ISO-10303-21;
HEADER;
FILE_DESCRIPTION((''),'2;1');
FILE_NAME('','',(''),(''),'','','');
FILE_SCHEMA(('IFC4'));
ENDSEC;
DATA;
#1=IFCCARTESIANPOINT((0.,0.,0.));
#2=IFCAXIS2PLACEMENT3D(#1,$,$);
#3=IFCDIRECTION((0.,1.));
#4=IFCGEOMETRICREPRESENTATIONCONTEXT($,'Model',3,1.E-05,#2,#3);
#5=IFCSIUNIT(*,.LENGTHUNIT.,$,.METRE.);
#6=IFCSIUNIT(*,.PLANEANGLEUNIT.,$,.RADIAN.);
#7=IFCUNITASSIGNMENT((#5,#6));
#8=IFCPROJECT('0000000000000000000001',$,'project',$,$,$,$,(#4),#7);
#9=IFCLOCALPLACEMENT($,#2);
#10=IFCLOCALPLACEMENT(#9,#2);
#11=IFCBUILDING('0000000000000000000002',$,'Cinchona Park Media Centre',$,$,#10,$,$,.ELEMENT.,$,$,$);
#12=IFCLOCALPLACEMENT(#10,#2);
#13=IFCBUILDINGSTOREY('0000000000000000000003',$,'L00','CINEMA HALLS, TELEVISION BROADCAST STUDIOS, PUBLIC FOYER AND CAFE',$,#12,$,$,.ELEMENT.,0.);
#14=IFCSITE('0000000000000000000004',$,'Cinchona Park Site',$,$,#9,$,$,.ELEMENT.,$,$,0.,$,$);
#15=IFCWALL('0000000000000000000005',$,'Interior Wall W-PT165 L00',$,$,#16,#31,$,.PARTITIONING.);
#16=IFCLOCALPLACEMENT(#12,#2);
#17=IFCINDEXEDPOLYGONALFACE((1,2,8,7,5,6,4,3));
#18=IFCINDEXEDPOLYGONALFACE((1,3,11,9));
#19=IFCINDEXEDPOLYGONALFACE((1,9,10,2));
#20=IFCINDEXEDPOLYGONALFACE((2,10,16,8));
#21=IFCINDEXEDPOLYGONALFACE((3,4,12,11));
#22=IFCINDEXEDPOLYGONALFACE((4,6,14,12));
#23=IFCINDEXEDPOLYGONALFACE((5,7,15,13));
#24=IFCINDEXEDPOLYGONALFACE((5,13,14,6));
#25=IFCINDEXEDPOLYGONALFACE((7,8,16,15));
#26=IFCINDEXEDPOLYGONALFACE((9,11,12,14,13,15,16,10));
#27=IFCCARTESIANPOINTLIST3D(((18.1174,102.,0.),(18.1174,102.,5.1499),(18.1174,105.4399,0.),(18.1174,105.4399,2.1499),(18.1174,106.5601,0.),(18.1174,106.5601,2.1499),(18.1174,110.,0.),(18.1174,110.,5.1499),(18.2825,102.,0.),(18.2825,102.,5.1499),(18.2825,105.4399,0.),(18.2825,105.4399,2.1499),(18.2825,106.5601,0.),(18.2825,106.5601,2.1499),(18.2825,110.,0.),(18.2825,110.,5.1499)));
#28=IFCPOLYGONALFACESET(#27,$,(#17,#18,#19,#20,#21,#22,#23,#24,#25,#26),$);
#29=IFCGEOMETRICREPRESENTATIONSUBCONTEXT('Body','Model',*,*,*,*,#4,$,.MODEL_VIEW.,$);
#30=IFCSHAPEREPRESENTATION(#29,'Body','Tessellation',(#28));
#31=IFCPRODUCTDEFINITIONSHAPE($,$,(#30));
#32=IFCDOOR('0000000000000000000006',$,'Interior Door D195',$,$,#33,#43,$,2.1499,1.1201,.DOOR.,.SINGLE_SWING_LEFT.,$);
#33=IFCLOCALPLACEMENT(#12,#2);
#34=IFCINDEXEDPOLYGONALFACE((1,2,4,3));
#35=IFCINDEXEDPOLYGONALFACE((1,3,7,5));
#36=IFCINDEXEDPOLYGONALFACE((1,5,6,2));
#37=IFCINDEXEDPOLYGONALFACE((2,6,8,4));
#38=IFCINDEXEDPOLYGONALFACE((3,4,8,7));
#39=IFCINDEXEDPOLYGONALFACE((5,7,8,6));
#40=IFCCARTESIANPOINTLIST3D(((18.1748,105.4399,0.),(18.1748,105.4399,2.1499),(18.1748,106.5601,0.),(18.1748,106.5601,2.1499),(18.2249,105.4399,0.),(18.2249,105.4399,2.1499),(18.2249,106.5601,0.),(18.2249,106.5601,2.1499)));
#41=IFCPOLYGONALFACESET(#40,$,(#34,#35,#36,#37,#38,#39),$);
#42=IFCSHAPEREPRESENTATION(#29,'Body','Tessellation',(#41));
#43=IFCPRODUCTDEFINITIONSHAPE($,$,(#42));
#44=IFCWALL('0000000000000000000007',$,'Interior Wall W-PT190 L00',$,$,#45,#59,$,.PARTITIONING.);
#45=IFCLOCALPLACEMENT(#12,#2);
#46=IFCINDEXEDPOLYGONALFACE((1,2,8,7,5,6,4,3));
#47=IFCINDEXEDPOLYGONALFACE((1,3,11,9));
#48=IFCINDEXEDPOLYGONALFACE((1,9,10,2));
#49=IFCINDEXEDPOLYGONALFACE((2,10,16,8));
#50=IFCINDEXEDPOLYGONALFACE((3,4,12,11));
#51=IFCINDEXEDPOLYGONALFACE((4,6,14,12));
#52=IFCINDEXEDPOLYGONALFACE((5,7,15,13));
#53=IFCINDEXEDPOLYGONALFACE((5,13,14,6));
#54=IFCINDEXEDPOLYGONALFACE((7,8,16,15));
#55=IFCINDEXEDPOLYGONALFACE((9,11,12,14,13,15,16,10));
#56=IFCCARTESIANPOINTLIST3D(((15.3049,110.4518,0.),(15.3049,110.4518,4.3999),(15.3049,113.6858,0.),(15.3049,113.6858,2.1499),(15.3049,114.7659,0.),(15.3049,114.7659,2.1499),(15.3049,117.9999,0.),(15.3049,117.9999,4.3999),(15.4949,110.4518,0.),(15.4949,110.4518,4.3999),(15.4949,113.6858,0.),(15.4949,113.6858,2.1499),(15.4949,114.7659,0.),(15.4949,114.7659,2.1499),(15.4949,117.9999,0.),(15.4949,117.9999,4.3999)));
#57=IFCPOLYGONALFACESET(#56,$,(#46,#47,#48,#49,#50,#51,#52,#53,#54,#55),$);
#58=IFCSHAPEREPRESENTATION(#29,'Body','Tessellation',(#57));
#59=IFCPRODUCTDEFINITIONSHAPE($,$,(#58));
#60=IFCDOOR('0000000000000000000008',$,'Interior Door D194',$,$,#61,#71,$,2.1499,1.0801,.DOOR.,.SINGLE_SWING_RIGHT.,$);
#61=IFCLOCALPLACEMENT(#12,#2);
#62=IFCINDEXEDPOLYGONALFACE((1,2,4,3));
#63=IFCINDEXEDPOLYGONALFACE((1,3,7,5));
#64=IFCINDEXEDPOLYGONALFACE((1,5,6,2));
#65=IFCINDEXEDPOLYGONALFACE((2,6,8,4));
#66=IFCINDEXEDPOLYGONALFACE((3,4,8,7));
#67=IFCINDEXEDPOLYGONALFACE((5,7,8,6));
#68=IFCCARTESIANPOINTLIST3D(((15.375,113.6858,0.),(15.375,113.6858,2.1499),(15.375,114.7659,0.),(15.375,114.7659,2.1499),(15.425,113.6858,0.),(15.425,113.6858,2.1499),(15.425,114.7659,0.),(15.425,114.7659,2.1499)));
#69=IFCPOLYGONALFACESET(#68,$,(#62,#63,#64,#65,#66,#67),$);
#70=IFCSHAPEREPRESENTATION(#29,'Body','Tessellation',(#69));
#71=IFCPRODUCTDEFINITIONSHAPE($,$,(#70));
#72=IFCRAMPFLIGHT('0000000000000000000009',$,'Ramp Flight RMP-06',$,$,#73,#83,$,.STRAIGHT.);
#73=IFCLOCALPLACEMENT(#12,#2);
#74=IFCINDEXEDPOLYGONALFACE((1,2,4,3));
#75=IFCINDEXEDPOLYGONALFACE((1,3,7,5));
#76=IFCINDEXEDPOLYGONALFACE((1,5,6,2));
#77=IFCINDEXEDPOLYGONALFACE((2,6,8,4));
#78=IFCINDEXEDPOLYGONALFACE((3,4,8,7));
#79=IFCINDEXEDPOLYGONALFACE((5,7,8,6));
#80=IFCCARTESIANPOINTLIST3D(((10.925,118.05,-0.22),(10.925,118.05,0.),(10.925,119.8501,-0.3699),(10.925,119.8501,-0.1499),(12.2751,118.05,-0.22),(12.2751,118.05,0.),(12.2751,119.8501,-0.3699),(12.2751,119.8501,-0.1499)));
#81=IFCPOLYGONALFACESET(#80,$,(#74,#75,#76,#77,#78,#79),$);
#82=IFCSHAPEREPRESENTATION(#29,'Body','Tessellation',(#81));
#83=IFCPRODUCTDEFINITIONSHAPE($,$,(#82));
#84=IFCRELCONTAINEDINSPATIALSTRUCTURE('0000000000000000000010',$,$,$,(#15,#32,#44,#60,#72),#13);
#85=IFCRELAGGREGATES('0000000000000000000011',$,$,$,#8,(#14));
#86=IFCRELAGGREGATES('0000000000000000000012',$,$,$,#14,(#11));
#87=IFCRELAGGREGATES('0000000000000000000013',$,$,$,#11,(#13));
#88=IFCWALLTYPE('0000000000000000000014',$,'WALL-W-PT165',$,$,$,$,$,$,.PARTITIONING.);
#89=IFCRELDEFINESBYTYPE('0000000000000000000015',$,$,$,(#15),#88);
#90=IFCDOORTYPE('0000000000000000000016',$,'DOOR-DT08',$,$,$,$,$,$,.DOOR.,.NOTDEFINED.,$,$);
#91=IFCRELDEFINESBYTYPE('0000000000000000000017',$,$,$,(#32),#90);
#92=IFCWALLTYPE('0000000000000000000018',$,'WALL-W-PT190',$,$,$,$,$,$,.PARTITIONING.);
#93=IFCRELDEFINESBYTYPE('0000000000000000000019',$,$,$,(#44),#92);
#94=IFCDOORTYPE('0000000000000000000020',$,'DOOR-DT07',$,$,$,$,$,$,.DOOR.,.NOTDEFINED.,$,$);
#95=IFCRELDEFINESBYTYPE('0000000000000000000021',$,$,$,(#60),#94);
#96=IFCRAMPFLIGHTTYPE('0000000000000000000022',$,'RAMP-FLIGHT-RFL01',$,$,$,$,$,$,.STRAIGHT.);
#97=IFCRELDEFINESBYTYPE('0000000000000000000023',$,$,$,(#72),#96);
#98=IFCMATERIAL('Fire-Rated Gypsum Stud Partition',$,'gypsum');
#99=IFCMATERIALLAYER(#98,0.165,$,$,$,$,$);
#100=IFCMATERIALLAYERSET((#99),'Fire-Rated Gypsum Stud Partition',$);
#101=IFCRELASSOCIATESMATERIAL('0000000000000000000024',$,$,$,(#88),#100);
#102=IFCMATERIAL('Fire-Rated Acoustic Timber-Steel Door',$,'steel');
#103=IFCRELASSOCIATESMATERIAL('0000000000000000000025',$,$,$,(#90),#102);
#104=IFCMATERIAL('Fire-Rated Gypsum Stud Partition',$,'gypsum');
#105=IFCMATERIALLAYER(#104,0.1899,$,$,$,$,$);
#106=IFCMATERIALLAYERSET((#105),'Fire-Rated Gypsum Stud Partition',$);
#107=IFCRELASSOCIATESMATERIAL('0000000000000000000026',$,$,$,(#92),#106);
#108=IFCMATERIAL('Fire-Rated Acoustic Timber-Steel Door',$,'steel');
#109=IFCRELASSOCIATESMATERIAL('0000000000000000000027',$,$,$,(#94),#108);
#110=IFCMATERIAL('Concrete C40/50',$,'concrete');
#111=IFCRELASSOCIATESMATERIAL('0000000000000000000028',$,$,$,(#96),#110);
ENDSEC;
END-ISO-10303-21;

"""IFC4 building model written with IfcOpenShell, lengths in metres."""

from ifc_helpers import new_model, si_unit, direction, frame, frame_2d, origin, place, context, subcontext, project, spatial, polyline, rectangle, outline, extrude, material, layer, layer_set, type_object, element, fill, save


model = new_model("IFC4")

# Units and contexts
model_context = context("Model", 3, precision=1e-05, world=origin(), true_north=direction((0.0, 1.0)))
body_context = subcontext(model_context, "Body", "Model", "MODEL_VIEW")
ifc_project = project(units=[si_unit("LENGTHUNIT", "METRE"), si_unit("PLANEANGLEUNIT", "RADIAN")], contexts=[model_context])

# Site, building, storey
site_placement = place(None, origin())
site = spatial("IfcSite", under=ifc_project, at=site_placement, Name="Cinchona Park Site", CompositionType="ELEMENT", RefElevation=0.0)
building_placement = place(site_placement, origin())
building = spatial("IfcBuilding", under=site, at=building_placement, Name="Cinchona Park Media Centre", CompositionType="ELEMENT")
storey_placement = place(building_placement, origin())
storey = spatial("IfcBuildingStorey", under=building, at=storey_placement, Name="L00", Description="CINEMA HALLS, TELEVISION BROADCAST STUDIOS, PUBLIC FOYER AND CAFE", CompositionType="ELEMENT", Elevation=0.0)

# Walls, openings, doors
ifc_material_1 = material(Name="Fire-Rated Gypsum Stud Partition", Category="gypsum")
ifc_layer_1 = layer(ifc_material_1, 0.165)
ifc_layer_set_1 = layer_set([ifc_layer_1], Name="Fire-Rated Gypsum Stud Partition")
wall_type_1 = type_object("IfcWallType", Name="WALL-W-PT165", PredefinedType="PARTITIONING", material=ifc_layer_set_1)
wall_1_placement = place(storey_placement, frame((18.2, 110.0, 0.0), z_axis=(0.0, 0.0, 1.0), x_axis=(0.0, -1.0, 0.0)))
wall_1 = element("IfcWall", 1, at=wall_1_placement, inside=storey, type_object=wall_type_1, Name="Interior Wall W-PT165 L00", PredefinedType="PARTITIONING", context=body_context, shape_type="SweptSolid", body=[
    extrude(rectangle(XDim=8.0, YDim=0.165, at=frame_2d((4.0, 0.0))), origin(), (0.0, 0.0, 1.0), 5.1499),
])
opening_1_placement = place(wall_1_placement, frame((3.4399, 0.0, 0.0)))
opening_1 = element("IfcOpeningElement", 2, at=opening_1_placement, cuts=wall_1, PredefinedType="OPENING", context=body_context, shape_type="SweptSolid", body=[
    extrude(rectangle(XDim=1.1201, YDim=2.1499, at=frame_2d((0.5601, 1.075))), frame((0.0, 0.0925, 0.0), z_axis=(0.0, -1.0, 0.0), x_axis=(1.0, 0.0, 0.0)), (0.0, 0.0, 1.0), 0.1851),
])
ifc_material_2 = material(Name="Fire-Rated Acoustic Timber-Steel Door", Category="steel")
door_type_1 = type_object("IfcDoorType", Name="DOOR-DT08", OperationType="NOTDEFINED", PredefinedType="DOOR", material=ifc_material_2)
door_1_placement = place(opening_1_placement, origin())
door_1 = element("IfcDoor", 3, at=door_1_placement, inside=storey, type_object=door_type_1, Name="Interior Door D195", OperationType="SINGLE_SWING_LEFT", OverallHeight=2.1499, OverallWidth=1.1201, PredefinedType="DOOR", context=body_context, shape_type="SweptSolid", body=[
    extrude(rectangle(XDim=1.1201, YDim=2.1499, at=frame_2d((0.5601, 1.075))), frame((0.0, 0.0249, 0.0), z_axis=(0.0, -1.0, 0.0), x_axis=(1.0, 0.0, 0.0)), (0.0, 0.0, 1.0), 0.05),
])
fill(opening_1, door_1)
ifc_material_3 = material(Name="Fire-Rated Gypsum Stud Partition", Category="gypsum")
ifc_layer_2 = layer(ifc_material_3, 0.1899)
ifc_layer_set_2 = layer_set([ifc_layer_2], Name="Fire-Rated Gypsum Stud Partition")
wall_type_2 = type_object("IfcWallType", Name="WALL-W-PT190", PredefinedType="PARTITIONING", material=ifc_layer_set_2)
wall_2_placement = place(storey_placement, frame((15.3999, 110.4519, 0.0), z_axis=(0.0, 0.0, 1.0), x_axis=(0.0, 1.0, 0.0)))
wall_2 = element("IfcWall", 4, at=wall_2_placement, inside=storey, type_object=wall_type_2, Name="Interior Wall W-PT190 L00", PredefinedType="PARTITIONING", context=body_context, shape_type="SweptSolid", body=[
    extrude(rectangle(XDim=7.5481, YDim=0.1899, at=frame_2d((3.7739, 0.0))), origin(), (0.0, 0.0, 1.0), 4.3999),
])
opening_2_placement = place(wall_2_placement, frame((3.2339, 0.0, 0.0)))
opening_2 = element("IfcOpeningElement", 5, at=opening_2_placement, cuts=wall_2, PredefinedType="OPENING", context=body_context, shape_type="SweptSolid", body=[
    extrude(rectangle(XDim=1.0801, YDim=2.1499, at=frame_2d((0.54, 1.075))), frame((0.0, 0.105, 0.0), z_axis=(0.0, -1.0, 0.0), x_axis=(1.0, 0.0, 0.0)), (0.0, 0.0, 1.0), 0.21),
])
ifc_material_4 = material(Name="Fire-Rated Acoustic Timber-Steel Door", Category="steel")
door_type_2 = type_object("IfcDoorType", Name="DOOR-DT07", OperationType="NOTDEFINED", PredefinedType="DOOR", material=ifc_material_4)
door_2_placement = place(opening_2_placement, origin())
door_2 = element("IfcDoor", 6, at=door_2_placement, inside=storey, type_object=door_type_2, Name="Interior Door D194", OperationType="SINGLE_SWING_RIGHT", OverallHeight=2.1499, OverallWidth=1.0801, PredefinedType="DOOR", context=body_context, shape_type="SweptSolid", body=[
    extrude(rectangle(XDim=1.0801, YDim=2.1499, at=frame_2d((0.54, 1.075))), frame((0.0, 0.0249, 0.0), z_axis=(0.0, -1.0, 0.0), x_axis=(1.0, 0.0, 0.0)), (0.0, 0.0, 1.0), 0.05),
])
fill(opening_2, door_2)

# Ramp flight
ifc_material_5 = material(Name="Concrete C40/50", Category="concrete")
ramp_flight_type = type_object("IfcRampFlightType", Name="RAMP-FLIGHT-RFL01", PredefinedType="STRAIGHT", material=ifc_material_5)
ramp_flight_placement = place(storey_placement, frame((11.6001, 119.8501, -0.1499), z_axis=(0.0, 0.0, 1.0), x_axis=(0.0, -1.0, 0.0)))
element("IfcRampFlight", 7, at=ramp_flight_placement, inside=storey, type_object=ramp_flight_type, Name="Ramp Flight RMP-06", PredefinedType="STRAIGHT", context=body_context, shape_type="SweptSolid", body=[
    extrude(outline(polyline([(0.0, 0.0), (1.8, 0.1499), (1.8, -0.0701), (0.0, -0.22), (0.0, 0.0)])), frame((0.0, 0.675, 0.0), z_axis=(0.0, -1.0, 0.0), x_axis=(1.0, 0.0, 0.0)), (0.0, 0.0, 1.0), 1.3501),
])

save(model, "model.ifc")
